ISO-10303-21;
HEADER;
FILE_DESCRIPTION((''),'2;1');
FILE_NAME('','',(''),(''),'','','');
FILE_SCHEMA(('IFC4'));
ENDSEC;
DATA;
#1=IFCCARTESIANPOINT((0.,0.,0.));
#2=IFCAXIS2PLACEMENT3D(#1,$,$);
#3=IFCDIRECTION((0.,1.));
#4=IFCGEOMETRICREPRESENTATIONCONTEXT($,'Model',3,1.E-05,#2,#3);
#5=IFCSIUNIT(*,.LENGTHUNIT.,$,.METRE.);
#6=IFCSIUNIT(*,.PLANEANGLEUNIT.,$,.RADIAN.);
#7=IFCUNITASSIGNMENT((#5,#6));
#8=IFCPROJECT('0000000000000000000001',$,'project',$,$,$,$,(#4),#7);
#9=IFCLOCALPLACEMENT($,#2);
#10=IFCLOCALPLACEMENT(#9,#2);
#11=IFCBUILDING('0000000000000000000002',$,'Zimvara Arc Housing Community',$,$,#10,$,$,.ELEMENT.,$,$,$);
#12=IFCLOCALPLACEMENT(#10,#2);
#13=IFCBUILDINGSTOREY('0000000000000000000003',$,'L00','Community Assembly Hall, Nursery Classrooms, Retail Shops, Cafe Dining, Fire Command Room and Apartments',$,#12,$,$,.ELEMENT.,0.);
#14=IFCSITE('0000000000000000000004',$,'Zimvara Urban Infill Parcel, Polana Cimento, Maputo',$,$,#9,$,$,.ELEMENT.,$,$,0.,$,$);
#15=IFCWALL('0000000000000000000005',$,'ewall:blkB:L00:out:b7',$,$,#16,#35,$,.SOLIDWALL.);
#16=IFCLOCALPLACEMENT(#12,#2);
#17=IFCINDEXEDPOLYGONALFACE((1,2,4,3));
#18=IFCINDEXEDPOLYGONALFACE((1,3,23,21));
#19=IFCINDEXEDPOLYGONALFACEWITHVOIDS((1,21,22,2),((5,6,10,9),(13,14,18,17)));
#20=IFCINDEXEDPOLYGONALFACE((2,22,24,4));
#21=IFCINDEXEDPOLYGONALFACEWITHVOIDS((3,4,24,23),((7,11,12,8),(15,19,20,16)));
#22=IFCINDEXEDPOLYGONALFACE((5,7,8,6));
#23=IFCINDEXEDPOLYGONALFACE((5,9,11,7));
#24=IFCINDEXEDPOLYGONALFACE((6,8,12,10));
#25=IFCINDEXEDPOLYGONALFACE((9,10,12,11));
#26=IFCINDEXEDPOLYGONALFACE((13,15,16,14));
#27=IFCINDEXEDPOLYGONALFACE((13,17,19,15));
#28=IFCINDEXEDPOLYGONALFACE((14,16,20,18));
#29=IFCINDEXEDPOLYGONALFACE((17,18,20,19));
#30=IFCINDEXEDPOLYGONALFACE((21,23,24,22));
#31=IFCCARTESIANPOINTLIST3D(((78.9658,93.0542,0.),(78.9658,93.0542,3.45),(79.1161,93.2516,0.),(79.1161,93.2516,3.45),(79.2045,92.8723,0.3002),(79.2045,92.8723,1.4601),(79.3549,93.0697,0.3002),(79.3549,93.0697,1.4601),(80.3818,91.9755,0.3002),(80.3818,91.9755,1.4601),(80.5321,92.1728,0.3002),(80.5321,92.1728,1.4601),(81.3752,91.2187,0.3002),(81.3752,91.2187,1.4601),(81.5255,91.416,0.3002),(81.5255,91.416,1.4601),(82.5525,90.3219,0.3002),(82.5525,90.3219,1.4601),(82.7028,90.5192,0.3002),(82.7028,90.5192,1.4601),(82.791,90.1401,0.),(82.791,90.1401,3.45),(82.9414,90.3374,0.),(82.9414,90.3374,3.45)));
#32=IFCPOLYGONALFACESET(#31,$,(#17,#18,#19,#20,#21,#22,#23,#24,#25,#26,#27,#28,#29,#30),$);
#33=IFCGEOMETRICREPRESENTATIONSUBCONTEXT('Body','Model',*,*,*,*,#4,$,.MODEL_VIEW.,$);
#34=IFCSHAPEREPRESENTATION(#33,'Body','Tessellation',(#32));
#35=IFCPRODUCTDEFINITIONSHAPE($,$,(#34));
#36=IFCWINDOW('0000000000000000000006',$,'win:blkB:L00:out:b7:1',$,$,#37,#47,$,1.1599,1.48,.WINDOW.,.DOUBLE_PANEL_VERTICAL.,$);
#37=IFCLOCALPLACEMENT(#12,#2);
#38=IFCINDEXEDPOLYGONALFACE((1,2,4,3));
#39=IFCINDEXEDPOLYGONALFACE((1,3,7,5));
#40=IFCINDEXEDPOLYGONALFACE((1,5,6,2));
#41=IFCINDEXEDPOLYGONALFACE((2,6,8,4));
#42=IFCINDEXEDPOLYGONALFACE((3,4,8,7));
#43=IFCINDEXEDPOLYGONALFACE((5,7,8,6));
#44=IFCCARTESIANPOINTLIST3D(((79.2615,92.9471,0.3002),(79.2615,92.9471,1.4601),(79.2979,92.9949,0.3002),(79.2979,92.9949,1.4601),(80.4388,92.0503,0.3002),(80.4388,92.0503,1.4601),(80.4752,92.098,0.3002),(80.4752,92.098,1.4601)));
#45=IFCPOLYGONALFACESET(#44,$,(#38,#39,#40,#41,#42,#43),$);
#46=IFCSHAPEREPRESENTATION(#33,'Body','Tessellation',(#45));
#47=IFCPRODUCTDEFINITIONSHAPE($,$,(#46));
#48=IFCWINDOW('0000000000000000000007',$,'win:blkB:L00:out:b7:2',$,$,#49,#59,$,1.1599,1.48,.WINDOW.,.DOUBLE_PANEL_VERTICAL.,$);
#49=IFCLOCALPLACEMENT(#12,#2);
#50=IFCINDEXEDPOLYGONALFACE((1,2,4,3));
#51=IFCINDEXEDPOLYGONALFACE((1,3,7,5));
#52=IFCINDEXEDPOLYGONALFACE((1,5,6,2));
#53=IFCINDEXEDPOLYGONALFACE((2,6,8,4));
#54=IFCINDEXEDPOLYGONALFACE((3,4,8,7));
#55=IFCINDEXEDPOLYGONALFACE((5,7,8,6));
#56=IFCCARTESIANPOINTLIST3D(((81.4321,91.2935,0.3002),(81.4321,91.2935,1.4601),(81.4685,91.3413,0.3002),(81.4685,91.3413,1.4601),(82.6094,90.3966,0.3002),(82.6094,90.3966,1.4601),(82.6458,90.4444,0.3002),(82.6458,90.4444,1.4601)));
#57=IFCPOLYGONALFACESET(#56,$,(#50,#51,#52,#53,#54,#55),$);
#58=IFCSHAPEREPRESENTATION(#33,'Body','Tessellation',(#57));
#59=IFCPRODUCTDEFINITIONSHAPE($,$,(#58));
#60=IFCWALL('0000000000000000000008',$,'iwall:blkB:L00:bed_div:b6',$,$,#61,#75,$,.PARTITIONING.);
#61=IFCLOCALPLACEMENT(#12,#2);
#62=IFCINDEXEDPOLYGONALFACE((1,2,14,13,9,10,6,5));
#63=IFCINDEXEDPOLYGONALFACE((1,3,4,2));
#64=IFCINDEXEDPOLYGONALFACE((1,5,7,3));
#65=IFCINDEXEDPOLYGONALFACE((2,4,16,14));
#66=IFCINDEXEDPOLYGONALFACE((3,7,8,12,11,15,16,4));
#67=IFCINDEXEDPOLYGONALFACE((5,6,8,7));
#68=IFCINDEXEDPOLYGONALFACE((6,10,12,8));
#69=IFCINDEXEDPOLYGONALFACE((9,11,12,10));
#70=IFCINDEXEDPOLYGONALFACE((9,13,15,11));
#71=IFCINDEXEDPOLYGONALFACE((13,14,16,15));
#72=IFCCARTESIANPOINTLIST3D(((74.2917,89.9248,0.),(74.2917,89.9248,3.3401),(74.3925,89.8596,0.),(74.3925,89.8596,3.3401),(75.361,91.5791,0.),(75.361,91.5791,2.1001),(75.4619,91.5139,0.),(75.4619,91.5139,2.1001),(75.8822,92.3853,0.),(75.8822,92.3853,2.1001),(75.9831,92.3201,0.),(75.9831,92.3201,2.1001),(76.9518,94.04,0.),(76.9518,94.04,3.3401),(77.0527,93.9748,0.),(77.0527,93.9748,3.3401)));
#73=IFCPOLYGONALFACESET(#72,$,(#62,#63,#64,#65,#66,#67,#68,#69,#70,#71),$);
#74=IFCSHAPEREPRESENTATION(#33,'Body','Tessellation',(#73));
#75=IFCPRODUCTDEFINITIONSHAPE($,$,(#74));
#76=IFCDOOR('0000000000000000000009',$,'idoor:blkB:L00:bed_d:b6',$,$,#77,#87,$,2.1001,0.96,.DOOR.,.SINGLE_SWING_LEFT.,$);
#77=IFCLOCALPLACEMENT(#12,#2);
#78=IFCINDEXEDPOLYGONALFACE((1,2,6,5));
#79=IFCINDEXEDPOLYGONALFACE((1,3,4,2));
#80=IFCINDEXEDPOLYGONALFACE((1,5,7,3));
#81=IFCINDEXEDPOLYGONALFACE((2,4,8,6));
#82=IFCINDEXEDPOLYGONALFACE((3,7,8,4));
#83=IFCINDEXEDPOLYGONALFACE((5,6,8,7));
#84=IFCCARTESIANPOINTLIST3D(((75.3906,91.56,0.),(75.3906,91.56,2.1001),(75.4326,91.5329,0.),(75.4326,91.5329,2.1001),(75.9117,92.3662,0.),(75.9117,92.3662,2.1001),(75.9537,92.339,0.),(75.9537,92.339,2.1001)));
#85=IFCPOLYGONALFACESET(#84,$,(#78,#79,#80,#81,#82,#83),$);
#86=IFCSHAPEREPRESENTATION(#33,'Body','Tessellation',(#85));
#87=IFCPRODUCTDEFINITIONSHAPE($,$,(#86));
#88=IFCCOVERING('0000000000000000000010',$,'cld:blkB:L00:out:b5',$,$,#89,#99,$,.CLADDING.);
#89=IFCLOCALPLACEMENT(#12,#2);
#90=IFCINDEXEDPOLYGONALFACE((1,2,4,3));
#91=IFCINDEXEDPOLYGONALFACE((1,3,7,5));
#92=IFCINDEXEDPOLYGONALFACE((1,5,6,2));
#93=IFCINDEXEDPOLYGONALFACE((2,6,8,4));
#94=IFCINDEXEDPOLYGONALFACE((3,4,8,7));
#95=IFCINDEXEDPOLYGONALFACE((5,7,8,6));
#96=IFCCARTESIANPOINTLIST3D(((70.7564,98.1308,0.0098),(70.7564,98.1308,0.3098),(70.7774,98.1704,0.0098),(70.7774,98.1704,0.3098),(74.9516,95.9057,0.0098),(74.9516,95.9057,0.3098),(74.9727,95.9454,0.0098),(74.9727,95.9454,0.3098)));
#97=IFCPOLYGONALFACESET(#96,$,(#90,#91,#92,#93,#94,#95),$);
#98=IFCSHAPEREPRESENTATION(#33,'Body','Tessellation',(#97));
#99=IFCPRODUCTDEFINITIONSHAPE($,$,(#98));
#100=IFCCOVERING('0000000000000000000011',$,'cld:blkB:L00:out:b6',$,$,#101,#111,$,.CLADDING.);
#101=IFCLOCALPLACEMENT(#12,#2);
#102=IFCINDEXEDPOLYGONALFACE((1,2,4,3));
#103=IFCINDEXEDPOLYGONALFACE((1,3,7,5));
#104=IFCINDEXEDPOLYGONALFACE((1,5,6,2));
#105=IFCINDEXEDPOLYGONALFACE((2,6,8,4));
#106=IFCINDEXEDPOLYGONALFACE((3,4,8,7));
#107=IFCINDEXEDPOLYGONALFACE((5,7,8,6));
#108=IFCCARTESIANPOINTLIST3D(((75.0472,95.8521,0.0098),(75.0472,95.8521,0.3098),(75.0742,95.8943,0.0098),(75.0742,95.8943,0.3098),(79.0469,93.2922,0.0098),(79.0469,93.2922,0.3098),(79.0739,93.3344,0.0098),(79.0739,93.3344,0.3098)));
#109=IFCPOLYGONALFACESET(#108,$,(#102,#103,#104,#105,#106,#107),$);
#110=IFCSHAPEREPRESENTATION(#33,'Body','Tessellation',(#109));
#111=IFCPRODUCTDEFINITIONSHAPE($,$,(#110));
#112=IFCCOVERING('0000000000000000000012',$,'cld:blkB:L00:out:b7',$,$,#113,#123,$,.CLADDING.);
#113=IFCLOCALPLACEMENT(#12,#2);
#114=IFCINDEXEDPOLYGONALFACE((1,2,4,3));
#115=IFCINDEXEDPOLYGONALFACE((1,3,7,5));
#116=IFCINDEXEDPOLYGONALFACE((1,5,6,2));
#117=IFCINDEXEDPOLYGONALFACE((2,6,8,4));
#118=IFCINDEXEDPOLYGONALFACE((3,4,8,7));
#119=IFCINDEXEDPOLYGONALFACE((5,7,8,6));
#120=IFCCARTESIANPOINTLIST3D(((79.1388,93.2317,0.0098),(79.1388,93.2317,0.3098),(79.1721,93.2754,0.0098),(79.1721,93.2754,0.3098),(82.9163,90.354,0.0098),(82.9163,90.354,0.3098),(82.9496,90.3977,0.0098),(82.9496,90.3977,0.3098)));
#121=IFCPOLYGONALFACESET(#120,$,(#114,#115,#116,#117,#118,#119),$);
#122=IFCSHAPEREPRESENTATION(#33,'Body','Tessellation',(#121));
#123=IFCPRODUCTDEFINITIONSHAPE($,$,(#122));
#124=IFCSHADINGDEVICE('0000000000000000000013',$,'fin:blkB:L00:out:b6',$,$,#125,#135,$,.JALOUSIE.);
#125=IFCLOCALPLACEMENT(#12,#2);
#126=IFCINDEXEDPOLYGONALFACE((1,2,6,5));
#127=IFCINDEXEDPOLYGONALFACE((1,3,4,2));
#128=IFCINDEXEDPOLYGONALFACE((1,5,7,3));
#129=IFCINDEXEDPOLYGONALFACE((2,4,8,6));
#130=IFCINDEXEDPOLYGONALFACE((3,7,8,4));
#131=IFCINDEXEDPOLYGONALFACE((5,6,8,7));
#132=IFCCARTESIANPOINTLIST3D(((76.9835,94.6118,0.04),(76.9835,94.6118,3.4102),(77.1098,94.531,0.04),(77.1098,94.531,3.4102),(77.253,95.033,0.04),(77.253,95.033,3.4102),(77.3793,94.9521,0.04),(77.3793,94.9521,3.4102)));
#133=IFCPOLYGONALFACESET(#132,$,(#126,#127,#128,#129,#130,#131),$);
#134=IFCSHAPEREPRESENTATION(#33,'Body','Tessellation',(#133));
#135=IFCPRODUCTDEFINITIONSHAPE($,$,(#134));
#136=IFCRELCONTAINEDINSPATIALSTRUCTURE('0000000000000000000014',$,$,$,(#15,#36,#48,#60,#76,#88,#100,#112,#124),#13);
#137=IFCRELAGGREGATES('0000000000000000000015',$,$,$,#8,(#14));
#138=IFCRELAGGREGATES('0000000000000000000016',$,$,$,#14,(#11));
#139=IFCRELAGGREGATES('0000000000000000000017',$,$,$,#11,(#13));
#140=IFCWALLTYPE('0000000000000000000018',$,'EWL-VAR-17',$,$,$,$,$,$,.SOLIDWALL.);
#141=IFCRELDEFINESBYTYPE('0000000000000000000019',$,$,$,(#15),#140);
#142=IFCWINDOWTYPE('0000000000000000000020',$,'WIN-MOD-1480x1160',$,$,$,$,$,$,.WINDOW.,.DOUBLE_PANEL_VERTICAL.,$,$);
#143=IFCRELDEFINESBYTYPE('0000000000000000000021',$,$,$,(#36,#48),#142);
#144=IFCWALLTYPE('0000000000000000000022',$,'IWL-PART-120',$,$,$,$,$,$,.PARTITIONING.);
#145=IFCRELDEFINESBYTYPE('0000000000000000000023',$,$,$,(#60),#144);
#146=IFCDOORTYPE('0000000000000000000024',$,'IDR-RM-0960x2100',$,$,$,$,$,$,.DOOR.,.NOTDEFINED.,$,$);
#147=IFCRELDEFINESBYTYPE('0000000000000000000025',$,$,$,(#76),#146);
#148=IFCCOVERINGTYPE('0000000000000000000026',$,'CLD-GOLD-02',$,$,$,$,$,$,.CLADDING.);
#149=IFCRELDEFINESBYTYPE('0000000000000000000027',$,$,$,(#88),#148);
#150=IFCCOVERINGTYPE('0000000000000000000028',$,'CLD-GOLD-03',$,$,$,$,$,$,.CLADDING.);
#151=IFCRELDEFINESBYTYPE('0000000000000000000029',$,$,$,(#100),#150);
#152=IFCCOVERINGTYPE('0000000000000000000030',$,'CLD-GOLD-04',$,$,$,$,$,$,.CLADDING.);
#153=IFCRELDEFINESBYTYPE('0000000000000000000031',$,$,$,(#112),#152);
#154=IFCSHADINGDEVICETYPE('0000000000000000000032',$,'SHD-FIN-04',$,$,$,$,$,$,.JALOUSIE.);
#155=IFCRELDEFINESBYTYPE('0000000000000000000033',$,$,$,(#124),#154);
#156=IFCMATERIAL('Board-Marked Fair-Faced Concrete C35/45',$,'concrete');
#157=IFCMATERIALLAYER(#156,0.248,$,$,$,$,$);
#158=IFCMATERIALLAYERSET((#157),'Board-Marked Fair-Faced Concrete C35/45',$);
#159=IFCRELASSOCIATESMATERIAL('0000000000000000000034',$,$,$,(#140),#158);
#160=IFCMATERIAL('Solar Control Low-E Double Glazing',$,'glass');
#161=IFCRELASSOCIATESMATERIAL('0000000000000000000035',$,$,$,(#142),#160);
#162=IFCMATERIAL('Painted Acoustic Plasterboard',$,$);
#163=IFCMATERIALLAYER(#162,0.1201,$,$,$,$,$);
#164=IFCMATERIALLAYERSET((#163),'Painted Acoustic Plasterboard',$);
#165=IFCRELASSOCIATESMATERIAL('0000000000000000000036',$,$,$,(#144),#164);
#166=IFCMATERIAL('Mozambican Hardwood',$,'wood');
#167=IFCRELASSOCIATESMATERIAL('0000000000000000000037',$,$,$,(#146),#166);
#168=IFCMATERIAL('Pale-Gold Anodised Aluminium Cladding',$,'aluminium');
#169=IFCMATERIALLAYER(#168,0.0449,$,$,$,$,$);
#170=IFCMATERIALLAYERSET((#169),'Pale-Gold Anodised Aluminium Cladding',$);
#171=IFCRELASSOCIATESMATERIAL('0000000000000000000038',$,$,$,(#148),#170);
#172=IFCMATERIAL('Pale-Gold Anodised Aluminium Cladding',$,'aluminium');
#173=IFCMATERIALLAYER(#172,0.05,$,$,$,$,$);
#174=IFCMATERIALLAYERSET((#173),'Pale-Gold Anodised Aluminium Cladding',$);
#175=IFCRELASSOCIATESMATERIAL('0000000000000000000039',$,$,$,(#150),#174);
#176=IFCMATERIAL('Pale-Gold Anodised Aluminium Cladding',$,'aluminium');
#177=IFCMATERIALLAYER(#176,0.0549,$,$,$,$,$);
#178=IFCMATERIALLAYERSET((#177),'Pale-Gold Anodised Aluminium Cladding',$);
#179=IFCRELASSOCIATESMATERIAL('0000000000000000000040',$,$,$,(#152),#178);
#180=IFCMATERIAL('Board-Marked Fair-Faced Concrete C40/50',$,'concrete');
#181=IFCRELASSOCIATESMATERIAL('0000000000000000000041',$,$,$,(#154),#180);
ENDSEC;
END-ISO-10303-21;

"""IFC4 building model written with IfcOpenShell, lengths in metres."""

from ifc_helpers import new_model, si_unit, direction, frame, frame_2d, origin, origin_2d, place, context, subcontext, project, spatial, rectangle, extrude, material, layer, layer_set, type_object, element, fill, save


model = new_model("IFC4")

# Units and contexts
model_context = context("Model", 3, precision=1e-05, world=origin(), true_north=direction((0.0, 1.0)))
body_context = subcontext(model_context, "Body", "Model", "MODEL_VIEW")
ifc_project = project(units=[si_unit("LENGTHUNIT", "METRE"), si_unit("PLANEANGLEUNIT", "RADIAN")], contexts=[model_context])

# Site, building, storey
site_placement = place(None, origin())
site = spatial("IfcSite", under=ifc_project, at=site_placement, Name="Zimvara Urban Infill Parcel, Polana Cimento, Maputo", CompositionType="ELEMENT", RefElevation=0.0)
building_placement = place(site_placement, origin())
building = spatial("IfcBuilding", under=site, at=building_placement, Name="Zimvara Arc Housing Community", CompositionType="ELEMENT")
storey_placement = place(building_placement, origin())
storey = spatial("IfcBuildingStorey", under=building, at=storey_placement, Name="L00", Description="Community Assembly Hall, Nursery Classrooms, Retail Shops, Cafe Dining, Fire Command Room and Apartments", CompositionType="ELEMENT", Elevation=0.0)

# Wall, openings, windows
ifc_material_1 = material(Name="Board-Marked Fair-Faced Concrete C35/45", Category="concrete")
ifc_layer_1 = layer(ifc_material_1, 0.248)
ifc_layer_set_1 = layer_set([ifc_layer_1], Name="Board-Marked Fair-Faced Concrete C35/45")
wall_type_1 = type_object("IfcWallType", Name="EWL-VAR-17", PredefinedType="SOLIDWALL", material=ifc_layer_set_1)
wall_1_placement = place(storey_placement, frame((79.041, 93.1528, 0.0), z_axis=(0.0, 0.0, 1.0), x_axis=(0.795469, -0.605994, 0.0)))
wall_1 = element("IfcWall", 1, at=wall_1_placement, inside=storey, type_object=wall_type_1, Name="ewall:blkB:L00:out:b7", PredefinedType="SOLIDWALL", context=body_context, shape_type="SweptSolid", body=[
    extrude(rectangle(XDim=4.8088, YDim=0.248, at=frame_2d((2.4043, 0.0))), origin(), (0.0, 0.0, 1.0), 3.45),
])
opening_1_placement = place(wall_1_placement, frame((0.3, 0.0, 0.3)))
opening_1 = element("IfcOpeningElement", 2, at=opening_1_placement, cuts=wall_1, PredefinedType="OPENING", context=body_context, shape_type="SweptSolid", body=[
    extrude(rectangle(XDim=1.48, YDim=1.1599, at=frame_2d((0.74, 0.5801))), frame((0.0, 0.134, 0.0), z_axis=(0.0, -1.0, 0.0), x_axis=(1.0, 0.0, 0.0)), (0.0, 0.0, 1.0), 0.2681),
])
opening_2_placement = place(wall_1_placement, frame((3.0288, 0.0, 0.3)))
opening_2 = element("IfcOpeningElement", 3, at=opening_2_placement, cuts=wall_1, PredefinedType="OPENING", context=body_context, shape_type="SweptSolid", body=[
    extrude(rectangle(XDim=1.48, YDim=1.1599, at=frame_2d((0.74, 0.5801))), frame((0.0, 0.134, 0.0), z_axis=(0.0, -1.0, 0.0), x_axis=(1.0, 0.0, 0.0)), (0.0, 0.0, 1.0), 0.2681),
])
ifc_material_2 = material(Name="Solar Control Low-E Double Glazing", Category="glass")
window_type_1 = type_object("IfcWindowType", Name="WIN-MOD-1480x1160", PartitioningType="DOUBLE_PANEL_VERTICAL", PredefinedType="WINDOW", material=ifc_material_2)
window_1_placement = place(opening_1_placement, origin())
window_1 = element("IfcWindow", 4, at=window_1_placement, inside=storey, type_object=window_type_1, Name="win:blkB:L00:out:b7:1", OverallHeight=1.1599, OverallWidth=1.48, PartitioningType="DOUBLE_PANEL_VERTICAL", PredefinedType="WINDOW", context=body_context, shape_type="SweptSolid", body=[
    extrude(rectangle(XDim=1.48, YDim=1.1599, at=frame_2d((0.74, 0.5801))), frame((0.0, 0.03, 0.0), z_axis=(0.0, -1.0, 0.0), x_axis=(1.0, 0.0, 0.0)), (0.0, 0.0, 1.0), 0.0601),
])
fill(opening_1, window_1)
window_2_placement = place(opening_2_placement, origin())
window_2 = element("IfcWindow", 5, at=window_2_placement, inside=storey, type_object=window_type_1, Name="win:blkB:L00:out:b7:2", OverallHeight=1.1599, OverallWidth=1.48, PartitioningType="DOUBLE_PANEL_VERTICAL", PredefinedType="WINDOW", context=body_context, shape_type="SweptSolid", body=[
    extrude(rectangle(XDim=1.48, YDim=1.1599, at=frame_2d((0.74, 0.5801))), frame((0.0, 0.03, 0.0), z_axis=(0.0, -1.0, 0.0), x_axis=(1.0, 0.0, 0.0)), (0.0, 0.0, 1.0), 0.0601),
])
fill(opening_2, window_2)

# Wall, opening, door
ifc_material_3 = material(Name="Painted Acoustic Plasterboard")
ifc_layer_2 = layer(ifc_material_3, 0.1201)
ifc_layer_set_2 = layer_set([ifc_layer_2], Name="Painted Acoustic Plasterboard")
wall_type_2 = type_object("IfcWallType", Name="IWL-PART-120", PredefinedType="PARTITIONING", material=ifc_layer_set_2)
wall_2_placement = place(storey_placement, frame((74.342, 89.8921, 0.0), z_axis=(0.0, 0.0, 1.0), x_axis=(0.542871, 0.839816, 0.0)))
wall_2 = element("IfcWall", 6, at=wall_2_placement, inside=storey, type_object=wall_type_2, Name="iwall:blkB:L00:bed_div:b6", PredefinedType="PARTITIONING", context=body_context, shape_type="SweptSolid", body=[
    extrude(rectangle(XDim=4.9001, YDim=0.1201, at=frame_2d((2.4502, 0.0))), origin(), (0.0, 0.0, 1.0), 3.3401),
])
opening_3_placement = place(wall_2_placement, frame((1.97, 0.0, 0.0)))
opening_3 = element("IfcOpeningElement", 7, at=opening_3_placement, cuts=wall_2, PredefinedType="OPENING", context=body_context, shape_type="SweptSolid", body=[
    extrude(rectangle(XDim=0.96, YDim=2.1001, at=frame_2d((0.48, 1.05))), frame((0.0, 0.0701, 0.0), z_axis=(0.0, -1.0, 0.0), x_axis=(1.0, 0.0, 0.0)), (0.0, 0.0, 1.0), 0.1401),
])
ifc_material_4 = material(Name="Mozambican Hardwood", Category="wood")
door_type = type_object("IfcDoorType", Name="IDR-RM-0960x2100", OperationType="NOTDEFINED", PredefinedType="DOOR", material=ifc_material_4)
door_placement = place(opening_3_placement, origin())
door = element("IfcDoor", 8, at=door_placement, inside=storey, type_object=door_type, Name="idoor:blkB:L00:bed_d:b6", OperationType="SINGLE_SWING_LEFT", OverallHeight=2.1001, OverallWidth=0.96, PredefinedType="DOOR", context=body_context, shape_type="SweptSolid", body=[
    extrude(rectangle(XDim=0.96, YDim=2.1001, at=frame_2d((0.48, 1.05))), frame((0.0, 0.0249, 0.0), z_axis=(0.0, -1.0, 0.0), x_axis=(1.0, 0.0, 0.0)), (0.0, 0.0, 1.0), 0.05),
])
fill(opening_3, door)

# Coverings
ifc_material_5 = material(Name="Pale-Gold Anodised Aluminium Cladding", Category="aluminium")
ifc_layer_3 = layer(ifc_material_5, 0.0449)
ifc_layer_set_3 = layer_set([ifc_layer_3], Name="Pale-Gold Anodised Aluminium Cladding")
covering_type_1 = type_object("IfcCoveringType", Name="CLD-GOLD-02", PredefinedType="CLADDING", material=ifc_layer_set_3)
covering_1_placement = place(storey_placement, frame((72.8645, 97.0381, 0.0098), z_axis=(0.0, 0.0, 1.0), x_axis=(0.883439, -0.468547, 0.0)))
element("IfcCovering", 9, at=covering_1_placement, inside=storey, type_object=covering_type_1, Name="cld:blkB:L00:out:b5", PredefinedType="CLADDING", context=body_context, shape_type="SweptSolid", body=[
    extrude(rectangle(XDim=4.7488, YDim=0.0449, at=origin_2d()), origin(), (0.0, 0.0, 1.0), 0.3),
])
ifc_material_6 = material(Name="Pale-Gold Anodised Aluminium Cladding", Category="aluminium")
ifc_layer_4 = layer(ifc_material_6, 0.05)
ifc_layer_set_4 = layer_set([ifc_layer_4], Name="Pale-Gold Anodised Aluminium Cladding")
covering_type_2 = type_object("IfcCoveringType", Name="CLD-GOLD-03", PredefinedType="CLADDING", material=ifc_layer_set_4)
covering_2_placement = place(storey_placement, frame((77.0605, 94.5933, 0.0098), z_axis=(0.0, 0.0, 1.0), x_axis=(0.842265, -0.539063, 0.0)))
element("IfcCovering", 10, at=covering_2_placement, inside=storey, type_object=covering_type_2, Name="cld:blkB:L00:out:b6", PredefinedType="CLADDING", context=body_context, shape_type="SweptSolid", body=[
    extrude(rectangle(XDim=4.7488, YDim=0.05, at=origin_2d()), origin(), (0.0, 0.0, 1.0), 0.3),
])
ifc_material_7 = material(Name="Pale-Gold Anodised Aluminium Cladding", Category="aluminium")
ifc_layer_5 = layer(ifc_material_7, 0.0549)
ifc_layer_set_5 = layer_set([ifc_layer_5], Name="Pale-Gold Anodised Aluminium Cladding")
covering_type_3 = type_object("IfcCoveringType", Name="CLD-GOLD-04", PredefinedType="CLADDING", material=ifc_layer_set_5)
covering_3_placement = place(storey_placement, frame((81.0442, 91.8147, 0.0098), z_axis=(0.0, 0.0, 1.0), x_axis=(0.795475, -0.605987, 0.0)))
element("IfcCovering", 11, at=covering_3_placement, inside=storey, type_object=covering_type_3, Name="cld:blkB:L00:out:b7", PredefinedType="CLADDING", context=body_context, shape_type="SweptSolid", body=[
    extrude(rectangle(XDim=4.7488, YDim=0.0549, at=origin_2d()), origin(), (0.0, 0.0, 1.0), 0.3),
])

# Shading device
ifc_material_8 = material(Name="Board-Marked Fair-Faced Concrete C40/50", Category="concrete")
shading_device_type = type_object("IfcShadingDeviceType", Name="SHD-FIN-04", PredefinedType="JALOUSIE", material=ifc_material_8)
shading_device_placement = place(storey_placement, frame((77.1814, 94.782, 0.04), z_axis=(0.0, 0.0, 1.0), x_axis=(0.842265, -0.539063, 0.0)))
element("IfcShadingDevice", 12, at=shading_device_placement, inside=storey, type_object=shading_device_type, Name="fin:blkB:L00:out:b6", PredefinedType="JALOUSIE", context=body_context, shape_type="SweptSolid", body=[
    extrude(rectangle(XDim=0.1499, YDim=0.5, at=origin_2d()), origin(), (0.0, 0.0, 1.0), 3.3701),
])

save(model, "model.ifc")
